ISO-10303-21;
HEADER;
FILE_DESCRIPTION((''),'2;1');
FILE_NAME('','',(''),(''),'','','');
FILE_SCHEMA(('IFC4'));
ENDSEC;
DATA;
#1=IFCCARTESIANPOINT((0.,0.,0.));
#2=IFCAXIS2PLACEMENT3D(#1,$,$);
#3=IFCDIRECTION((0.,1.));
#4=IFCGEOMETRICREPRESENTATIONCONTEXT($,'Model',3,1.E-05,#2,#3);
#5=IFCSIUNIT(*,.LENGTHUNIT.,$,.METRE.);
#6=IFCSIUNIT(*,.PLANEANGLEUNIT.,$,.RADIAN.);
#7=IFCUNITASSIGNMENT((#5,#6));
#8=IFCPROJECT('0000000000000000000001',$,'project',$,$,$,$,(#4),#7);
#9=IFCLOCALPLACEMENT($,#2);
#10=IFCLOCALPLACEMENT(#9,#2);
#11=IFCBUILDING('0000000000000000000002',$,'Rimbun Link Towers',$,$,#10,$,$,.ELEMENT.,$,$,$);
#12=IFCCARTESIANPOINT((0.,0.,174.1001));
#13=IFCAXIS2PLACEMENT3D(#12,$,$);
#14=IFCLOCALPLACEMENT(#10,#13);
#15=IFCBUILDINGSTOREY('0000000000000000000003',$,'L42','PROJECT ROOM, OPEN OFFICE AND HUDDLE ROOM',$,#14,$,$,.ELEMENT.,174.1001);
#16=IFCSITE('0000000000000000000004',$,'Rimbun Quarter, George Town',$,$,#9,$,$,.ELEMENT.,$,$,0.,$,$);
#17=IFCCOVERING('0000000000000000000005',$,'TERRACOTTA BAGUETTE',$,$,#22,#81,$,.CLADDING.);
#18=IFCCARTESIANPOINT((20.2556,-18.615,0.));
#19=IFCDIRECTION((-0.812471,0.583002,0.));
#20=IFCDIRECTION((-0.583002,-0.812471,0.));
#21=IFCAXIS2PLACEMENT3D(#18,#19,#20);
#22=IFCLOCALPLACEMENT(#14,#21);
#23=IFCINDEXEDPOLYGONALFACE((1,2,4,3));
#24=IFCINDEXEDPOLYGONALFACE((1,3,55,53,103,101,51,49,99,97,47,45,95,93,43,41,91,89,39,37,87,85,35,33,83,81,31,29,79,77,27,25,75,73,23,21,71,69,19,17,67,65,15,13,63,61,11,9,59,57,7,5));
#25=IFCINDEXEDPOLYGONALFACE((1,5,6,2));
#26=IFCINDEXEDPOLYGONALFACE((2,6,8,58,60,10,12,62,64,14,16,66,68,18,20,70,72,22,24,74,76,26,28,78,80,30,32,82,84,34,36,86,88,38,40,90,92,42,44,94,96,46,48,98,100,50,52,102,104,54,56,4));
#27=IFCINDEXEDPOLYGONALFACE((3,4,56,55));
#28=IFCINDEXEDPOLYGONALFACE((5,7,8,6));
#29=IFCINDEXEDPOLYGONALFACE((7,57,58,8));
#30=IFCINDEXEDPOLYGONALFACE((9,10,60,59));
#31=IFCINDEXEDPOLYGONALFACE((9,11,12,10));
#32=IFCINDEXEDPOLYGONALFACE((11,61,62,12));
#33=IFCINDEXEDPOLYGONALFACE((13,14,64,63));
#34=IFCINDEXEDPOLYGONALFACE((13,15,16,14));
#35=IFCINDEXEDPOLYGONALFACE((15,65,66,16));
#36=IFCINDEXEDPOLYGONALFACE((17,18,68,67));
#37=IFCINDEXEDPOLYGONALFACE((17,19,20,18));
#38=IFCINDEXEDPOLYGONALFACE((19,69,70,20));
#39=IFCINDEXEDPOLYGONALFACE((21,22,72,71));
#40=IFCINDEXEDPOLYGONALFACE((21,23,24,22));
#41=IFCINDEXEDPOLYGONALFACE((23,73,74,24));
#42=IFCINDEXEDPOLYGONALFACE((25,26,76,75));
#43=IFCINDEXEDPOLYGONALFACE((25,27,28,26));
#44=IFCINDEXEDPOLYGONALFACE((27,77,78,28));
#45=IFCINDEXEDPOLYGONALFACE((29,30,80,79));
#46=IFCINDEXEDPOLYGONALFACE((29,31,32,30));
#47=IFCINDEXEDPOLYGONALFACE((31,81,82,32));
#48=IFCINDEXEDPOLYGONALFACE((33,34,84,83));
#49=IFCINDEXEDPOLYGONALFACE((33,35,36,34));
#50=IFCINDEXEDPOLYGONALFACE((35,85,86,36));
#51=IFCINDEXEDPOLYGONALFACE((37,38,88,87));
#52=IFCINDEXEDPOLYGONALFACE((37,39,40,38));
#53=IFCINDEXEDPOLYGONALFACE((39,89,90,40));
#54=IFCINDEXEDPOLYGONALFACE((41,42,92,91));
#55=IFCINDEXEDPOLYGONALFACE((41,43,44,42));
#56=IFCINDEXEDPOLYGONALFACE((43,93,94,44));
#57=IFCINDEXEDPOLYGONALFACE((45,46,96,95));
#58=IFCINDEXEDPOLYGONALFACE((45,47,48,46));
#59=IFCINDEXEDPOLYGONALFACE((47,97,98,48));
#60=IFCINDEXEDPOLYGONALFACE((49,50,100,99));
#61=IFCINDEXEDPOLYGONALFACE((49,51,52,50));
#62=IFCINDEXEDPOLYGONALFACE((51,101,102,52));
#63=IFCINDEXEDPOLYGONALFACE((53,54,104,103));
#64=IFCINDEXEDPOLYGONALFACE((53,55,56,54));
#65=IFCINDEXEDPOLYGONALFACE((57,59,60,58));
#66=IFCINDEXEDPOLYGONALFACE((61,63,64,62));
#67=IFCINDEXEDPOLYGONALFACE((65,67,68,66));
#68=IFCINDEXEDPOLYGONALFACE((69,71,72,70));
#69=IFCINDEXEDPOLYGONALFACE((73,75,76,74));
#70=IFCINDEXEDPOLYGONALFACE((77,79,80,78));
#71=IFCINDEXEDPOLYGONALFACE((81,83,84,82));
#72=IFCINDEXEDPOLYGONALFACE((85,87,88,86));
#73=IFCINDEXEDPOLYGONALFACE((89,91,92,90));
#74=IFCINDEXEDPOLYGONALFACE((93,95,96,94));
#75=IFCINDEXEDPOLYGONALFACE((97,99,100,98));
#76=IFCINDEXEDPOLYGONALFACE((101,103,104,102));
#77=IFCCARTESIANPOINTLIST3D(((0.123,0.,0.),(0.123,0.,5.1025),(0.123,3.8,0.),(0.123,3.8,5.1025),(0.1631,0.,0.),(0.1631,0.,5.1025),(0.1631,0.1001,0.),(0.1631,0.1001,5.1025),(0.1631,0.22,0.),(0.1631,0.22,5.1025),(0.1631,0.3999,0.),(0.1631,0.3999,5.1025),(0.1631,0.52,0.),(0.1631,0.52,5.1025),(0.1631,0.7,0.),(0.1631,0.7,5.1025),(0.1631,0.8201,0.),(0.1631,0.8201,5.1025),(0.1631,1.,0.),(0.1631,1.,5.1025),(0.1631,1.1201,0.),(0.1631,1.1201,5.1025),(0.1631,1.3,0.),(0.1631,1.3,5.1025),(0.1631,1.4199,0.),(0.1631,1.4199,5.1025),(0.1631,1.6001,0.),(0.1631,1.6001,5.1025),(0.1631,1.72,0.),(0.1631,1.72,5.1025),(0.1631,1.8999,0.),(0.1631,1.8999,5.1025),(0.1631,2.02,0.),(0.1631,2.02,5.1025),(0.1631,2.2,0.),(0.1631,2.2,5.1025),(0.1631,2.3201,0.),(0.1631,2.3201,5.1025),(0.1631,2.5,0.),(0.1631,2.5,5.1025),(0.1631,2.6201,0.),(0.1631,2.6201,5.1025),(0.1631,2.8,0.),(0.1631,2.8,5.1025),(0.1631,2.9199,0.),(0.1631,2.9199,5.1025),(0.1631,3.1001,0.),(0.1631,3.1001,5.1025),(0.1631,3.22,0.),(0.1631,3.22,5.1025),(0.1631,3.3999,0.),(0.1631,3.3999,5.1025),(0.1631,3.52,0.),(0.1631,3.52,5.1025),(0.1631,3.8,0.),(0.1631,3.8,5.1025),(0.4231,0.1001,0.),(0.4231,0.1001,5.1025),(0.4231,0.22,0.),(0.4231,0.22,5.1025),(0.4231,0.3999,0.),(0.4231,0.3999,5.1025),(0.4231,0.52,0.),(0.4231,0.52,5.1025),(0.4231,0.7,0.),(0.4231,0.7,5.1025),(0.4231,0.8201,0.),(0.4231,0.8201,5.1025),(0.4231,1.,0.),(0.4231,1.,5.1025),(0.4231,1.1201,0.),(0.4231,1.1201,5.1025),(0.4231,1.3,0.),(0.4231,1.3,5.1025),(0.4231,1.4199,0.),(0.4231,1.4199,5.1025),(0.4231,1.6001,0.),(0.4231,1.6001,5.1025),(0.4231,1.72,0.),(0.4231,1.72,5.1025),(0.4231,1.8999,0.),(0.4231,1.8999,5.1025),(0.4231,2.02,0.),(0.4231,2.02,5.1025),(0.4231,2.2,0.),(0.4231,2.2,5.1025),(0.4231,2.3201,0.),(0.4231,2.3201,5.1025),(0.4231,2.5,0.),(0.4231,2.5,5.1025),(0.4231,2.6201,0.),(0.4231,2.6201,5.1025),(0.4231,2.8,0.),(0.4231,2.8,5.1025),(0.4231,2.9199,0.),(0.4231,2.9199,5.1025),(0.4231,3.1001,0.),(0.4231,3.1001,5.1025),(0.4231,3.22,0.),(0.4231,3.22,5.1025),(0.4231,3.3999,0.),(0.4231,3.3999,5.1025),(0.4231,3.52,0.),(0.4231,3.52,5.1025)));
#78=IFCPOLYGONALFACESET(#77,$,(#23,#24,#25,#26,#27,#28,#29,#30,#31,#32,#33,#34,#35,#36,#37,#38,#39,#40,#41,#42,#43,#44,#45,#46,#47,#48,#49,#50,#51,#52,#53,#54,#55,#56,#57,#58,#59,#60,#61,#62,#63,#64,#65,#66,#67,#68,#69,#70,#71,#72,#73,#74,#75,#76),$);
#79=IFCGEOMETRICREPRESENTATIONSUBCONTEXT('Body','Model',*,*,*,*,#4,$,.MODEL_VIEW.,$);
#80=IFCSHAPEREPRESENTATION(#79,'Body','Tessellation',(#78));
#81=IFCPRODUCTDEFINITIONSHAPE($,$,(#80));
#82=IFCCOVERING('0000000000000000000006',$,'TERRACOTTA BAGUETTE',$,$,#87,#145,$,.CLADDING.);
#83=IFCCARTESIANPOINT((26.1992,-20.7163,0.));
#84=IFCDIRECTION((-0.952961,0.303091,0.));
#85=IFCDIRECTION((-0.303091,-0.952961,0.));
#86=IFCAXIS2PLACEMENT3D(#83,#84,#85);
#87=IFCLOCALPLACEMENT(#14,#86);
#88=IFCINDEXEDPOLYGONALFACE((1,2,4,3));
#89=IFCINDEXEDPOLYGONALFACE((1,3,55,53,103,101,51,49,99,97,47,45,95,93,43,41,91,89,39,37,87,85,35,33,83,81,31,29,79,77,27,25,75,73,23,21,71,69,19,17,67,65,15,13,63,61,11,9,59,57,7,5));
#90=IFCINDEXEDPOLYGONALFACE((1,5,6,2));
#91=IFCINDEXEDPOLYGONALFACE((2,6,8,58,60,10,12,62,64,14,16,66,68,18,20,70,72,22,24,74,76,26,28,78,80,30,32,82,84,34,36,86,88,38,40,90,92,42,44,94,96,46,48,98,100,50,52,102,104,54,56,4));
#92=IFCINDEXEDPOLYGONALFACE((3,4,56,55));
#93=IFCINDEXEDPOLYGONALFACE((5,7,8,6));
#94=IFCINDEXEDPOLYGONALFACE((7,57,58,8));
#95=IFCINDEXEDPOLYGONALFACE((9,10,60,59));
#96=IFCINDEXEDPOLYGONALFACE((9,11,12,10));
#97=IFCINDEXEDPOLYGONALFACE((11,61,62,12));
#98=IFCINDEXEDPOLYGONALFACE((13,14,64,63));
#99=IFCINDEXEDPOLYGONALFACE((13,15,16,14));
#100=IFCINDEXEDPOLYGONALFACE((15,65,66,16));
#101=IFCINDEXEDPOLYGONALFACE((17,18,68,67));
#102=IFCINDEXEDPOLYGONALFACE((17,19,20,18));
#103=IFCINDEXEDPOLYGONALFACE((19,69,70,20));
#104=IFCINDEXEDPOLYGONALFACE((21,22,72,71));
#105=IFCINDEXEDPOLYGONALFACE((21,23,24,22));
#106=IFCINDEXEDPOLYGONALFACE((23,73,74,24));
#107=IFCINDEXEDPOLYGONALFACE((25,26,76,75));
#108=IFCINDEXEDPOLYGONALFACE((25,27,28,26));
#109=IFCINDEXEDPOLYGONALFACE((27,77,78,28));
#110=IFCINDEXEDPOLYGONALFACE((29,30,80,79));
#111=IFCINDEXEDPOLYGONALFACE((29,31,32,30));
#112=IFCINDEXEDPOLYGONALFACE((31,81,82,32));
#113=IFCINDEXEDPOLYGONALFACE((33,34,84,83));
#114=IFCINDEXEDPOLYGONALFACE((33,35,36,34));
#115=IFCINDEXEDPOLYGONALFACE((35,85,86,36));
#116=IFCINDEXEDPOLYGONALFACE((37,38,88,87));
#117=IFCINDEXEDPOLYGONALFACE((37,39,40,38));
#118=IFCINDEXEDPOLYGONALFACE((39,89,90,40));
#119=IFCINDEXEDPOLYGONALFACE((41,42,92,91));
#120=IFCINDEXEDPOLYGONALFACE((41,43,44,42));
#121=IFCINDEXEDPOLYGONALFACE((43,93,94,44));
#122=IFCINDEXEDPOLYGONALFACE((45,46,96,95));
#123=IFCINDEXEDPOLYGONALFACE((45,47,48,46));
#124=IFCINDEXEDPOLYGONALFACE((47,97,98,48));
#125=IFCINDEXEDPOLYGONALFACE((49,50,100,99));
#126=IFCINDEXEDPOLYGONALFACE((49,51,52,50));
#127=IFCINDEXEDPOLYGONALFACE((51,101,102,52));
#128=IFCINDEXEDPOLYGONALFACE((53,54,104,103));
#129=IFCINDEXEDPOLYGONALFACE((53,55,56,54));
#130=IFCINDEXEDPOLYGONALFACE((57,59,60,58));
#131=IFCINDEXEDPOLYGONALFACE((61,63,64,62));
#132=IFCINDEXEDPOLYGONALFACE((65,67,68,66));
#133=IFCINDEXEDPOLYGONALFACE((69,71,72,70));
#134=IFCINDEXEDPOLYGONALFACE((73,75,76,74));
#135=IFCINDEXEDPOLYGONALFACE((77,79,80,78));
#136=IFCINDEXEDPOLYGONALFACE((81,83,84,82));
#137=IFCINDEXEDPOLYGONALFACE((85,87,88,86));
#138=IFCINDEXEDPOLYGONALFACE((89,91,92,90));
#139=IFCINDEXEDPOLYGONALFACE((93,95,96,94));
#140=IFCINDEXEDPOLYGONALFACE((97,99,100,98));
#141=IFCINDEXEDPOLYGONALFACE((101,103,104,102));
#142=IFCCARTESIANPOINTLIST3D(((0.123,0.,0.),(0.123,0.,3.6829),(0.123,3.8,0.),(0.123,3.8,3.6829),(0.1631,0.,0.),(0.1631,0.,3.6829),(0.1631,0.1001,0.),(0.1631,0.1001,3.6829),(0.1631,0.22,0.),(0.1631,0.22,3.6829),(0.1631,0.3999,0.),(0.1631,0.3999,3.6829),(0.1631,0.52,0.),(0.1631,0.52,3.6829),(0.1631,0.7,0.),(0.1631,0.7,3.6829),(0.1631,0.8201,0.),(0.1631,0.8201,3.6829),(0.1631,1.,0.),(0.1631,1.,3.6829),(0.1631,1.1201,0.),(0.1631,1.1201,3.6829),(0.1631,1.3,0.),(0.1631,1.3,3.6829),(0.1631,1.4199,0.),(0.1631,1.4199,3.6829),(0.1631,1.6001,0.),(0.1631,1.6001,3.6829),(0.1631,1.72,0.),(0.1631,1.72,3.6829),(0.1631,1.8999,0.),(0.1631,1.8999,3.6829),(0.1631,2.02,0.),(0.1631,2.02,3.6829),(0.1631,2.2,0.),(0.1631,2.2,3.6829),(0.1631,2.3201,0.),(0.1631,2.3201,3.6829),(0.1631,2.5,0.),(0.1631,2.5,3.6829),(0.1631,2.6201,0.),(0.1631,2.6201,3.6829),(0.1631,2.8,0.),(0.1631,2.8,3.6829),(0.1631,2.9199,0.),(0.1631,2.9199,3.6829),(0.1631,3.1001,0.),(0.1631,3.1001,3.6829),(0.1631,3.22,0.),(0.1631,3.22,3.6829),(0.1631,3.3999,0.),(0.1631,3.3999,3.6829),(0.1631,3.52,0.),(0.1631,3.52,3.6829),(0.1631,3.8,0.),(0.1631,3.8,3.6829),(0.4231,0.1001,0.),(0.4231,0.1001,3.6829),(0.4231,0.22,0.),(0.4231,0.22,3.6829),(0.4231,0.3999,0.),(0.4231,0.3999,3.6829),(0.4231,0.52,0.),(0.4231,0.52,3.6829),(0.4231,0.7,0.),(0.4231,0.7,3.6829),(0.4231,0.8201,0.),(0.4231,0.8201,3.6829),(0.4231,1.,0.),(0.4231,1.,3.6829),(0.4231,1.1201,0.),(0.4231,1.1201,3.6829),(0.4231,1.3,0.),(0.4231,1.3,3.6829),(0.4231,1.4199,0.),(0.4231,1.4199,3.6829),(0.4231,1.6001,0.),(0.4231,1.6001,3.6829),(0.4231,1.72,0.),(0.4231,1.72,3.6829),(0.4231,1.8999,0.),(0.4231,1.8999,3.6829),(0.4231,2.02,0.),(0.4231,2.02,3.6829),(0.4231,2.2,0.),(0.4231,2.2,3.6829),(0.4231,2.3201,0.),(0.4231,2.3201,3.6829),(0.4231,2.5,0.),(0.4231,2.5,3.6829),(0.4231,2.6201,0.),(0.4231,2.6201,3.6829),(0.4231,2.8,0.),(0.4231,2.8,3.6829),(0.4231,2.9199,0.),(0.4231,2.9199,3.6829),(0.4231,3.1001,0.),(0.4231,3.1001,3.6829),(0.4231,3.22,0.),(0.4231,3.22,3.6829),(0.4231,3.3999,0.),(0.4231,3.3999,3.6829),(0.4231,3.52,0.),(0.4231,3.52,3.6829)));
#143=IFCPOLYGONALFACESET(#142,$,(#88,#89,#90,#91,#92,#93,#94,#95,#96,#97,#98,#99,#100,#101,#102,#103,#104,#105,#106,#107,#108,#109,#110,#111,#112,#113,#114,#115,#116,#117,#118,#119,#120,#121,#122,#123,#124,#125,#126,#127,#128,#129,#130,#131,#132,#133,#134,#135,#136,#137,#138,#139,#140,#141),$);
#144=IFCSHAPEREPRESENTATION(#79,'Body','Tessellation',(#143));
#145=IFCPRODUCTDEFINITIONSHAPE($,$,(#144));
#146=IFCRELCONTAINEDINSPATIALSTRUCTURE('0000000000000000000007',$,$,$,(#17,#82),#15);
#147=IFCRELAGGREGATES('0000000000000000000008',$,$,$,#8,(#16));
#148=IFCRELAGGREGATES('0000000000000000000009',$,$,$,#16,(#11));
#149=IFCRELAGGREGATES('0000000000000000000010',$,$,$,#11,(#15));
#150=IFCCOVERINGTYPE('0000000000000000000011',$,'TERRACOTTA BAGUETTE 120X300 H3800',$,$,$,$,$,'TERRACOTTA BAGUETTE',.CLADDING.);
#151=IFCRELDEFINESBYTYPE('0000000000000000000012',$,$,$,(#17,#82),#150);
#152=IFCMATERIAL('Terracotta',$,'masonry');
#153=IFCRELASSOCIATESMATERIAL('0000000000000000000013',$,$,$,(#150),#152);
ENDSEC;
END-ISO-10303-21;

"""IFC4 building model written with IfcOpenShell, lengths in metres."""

from ifc_helpers import new_model, si_unit, direction, frame, origin, place, context, subcontext, project, spatial, polyline, outline, extrude, material, material_profile, profile_set, type_object, element, save


model = new_model("IFC4")

# Units and contexts
model_context = context("Model", 3, precision=1e-05, world=origin(), true_north=direction((0.0, 1.0)))
body_context = subcontext(model_context, "Body", "Model", "MODEL_VIEW")
ifc_project = project(units=[si_unit("LENGTHUNIT", "METRE"), si_unit("PLANEANGLEUNIT", "RADIAN")], contexts=[model_context])

# Site, building, storey
site_placement = place(None, origin())
site = spatial("IfcSite", under=ifc_project, at=site_placement, Name="Rimbun Quarter, George Town", CompositionType="ELEMENT", RefElevation=0.0)
building_placement = place(site_placement, origin())
building = spatial("IfcBuilding", under=site, at=building_placement, Name="Rimbun Link Towers", CompositionType="ELEMENT")
storey_placement = place(building_placement, frame((0.0, 0.0, 174.1001)))
storey = spatial("IfcBuildingStorey", under=building, at=storey_placement, Name="L42", Description="PROJECT ROOM, OPEN OFFICE AND HUDDLE ROOM", CompositionType="ELEMENT", Elevation=174.1001)

# Coverings
ifc_material_1 = material(Name="Terracotta", Category="masonry")
ifc_material_profile_1 = material_profile(ifc_material_1, outline(polyline([(0.123, 0.0), (0.1631, 0.0), (0.1631, 0.1001), (0.4231, 0.1001), (0.4231, 0.22), (0.1631, 0.22), (0.1631, 0.3999), (0.4231, 0.3999), (0.4231, 0.52), (0.1631, 0.52), (0.1631, 0.7), (0.4231, 0.7), (0.4231, 0.8201), (0.1631, 0.8201), (0.1631, 1.0), (0.4231, 1.0), (0.4231, 1.1201), (0.1631, 1.1201), (0.1631, 1.3), (0.4231, 1.3), (0.4231, 1.4199), (0.1631, 1.4199), (0.1631, 1.6001), (0.4231, 1.6001), (0.4231, 1.72), (0.1631, 1.72), (0.1631, 1.8999), (0.4231, 1.8999), (0.4231, 2.02), (0.1631, 2.02), (0.1631, 2.2), (0.4231, 2.2), (0.4231, 2.3201), (0.1631, 2.3201), (0.1631, 2.5), (0.4231, 2.5), (0.4231, 2.6201), (0.1631, 2.6201), (0.1631, 2.8), (0.4231, 2.8), (0.4231, 2.9199), (0.1631, 2.9199), (0.1631, 3.1001), (0.4231, 3.1001), (0.4231, 3.22), (0.1631, 3.22), (0.1631, 3.3999), (0.4231, 3.3999), (0.4231, 3.52), (0.1631, 3.52), (0.1631, 3.8), (0.123, 3.8), (0.123, 0.0)])), Name="BAGUETTE 120X300")
ifc_profile_set_1 = profile_set([ifc_material_profile_1], Name="Terracotta")
covering_type = type_object("IfcCoveringType", Name="TERRACOTTA BAGUETTE 120X300 H3800", ElementType="TERRACOTTA BAGUETTE", PredefinedType="CLADDING", material=ifc_profile_set_1)
for number, where, z_axis, x_axis, name in (
    (1, (20.2556, -18.615, 0.0), (-0.812471, 0.583002, 0.0), (-0.583002, -0.812471, 0.0), "TERRACOTTA BAGUETTE"),
):
    element("IfcCovering", number, at=place(storey_placement, frame(where, z_axis=z_axis, x_axis=x_axis)), inside=storey, type_object=covering_type, Name=name, PredefinedType="CLADDING", context=body_context, shape_type="SweptSolid", body=[
        extrude(outline(polyline([(0.123, 0.0), (0.1631, 0.0), (0.1631, 0.1001), (0.4231, 0.1001), (0.4231, 0.22), (0.1631, 0.22), (0.1631, 0.3999), (0.4231, 0.3999), (0.4231, 0.52), (0.1631, 0.52), (0.1631, 0.7), (0.4231, 0.7), (0.4231, 0.8201), (0.1631, 0.8201), (0.1631, 1.0), (0.4231, 1.0), (0.4231, 1.1201), (0.1631, 1.1201), (0.1631, 1.3), (0.4231, 1.3), (0.4231, 1.4199), (0.1631, 1.4199), (0.1631, 1.6001), (0.4231, 1.6001), (0.4231, 1.72), (0.1631, 1.72), (0.1631, 1.8999), (0.4231, 1.8999), (0.4231, 2.02), (0.1631, 2.02), (0.1631, 2.2), (0.4231, 2.2), (0.4231, 2.3201), (0.1631, 2.3201), (0.1631, 2.5), (0.4231, 2.5), (0.4231, 2.6201), (0.1631, 2.6201), (0.1631, 2.8), (0.4231, 2.8), (0.4231, 2.9199), (0.1631, 2.9199), (0.1631, 3.1001), (0.4231, 3.1001), (0.4231, 3.22), (0.1631, 3.22), (0.1631, 3.3999), (0.4231, 3.3999), (0.4231, 3.52), (0.1631, 3.52), (0.1631, 3.8), (0.123, 3.8), (0.123, 0.0)])), origin(), (0.0, 0.0, 1.0), 5.1025),
    ])
covering_placement = place(storey_placement, frame((26.1992, -20.7163, 0.0), z_axis=(-0.952961, 0.303091, 0.0), x_axis=(-0.303091, -0.952961, 0.0)))
element("IfcCovering", 2, at=covering_placement, inside=storey, type_object=covering_type, Name="TERRACOTTA BAGUETTE", PredefinedType="CLADDING", context=body_context, shape_type="SweptSolid", body=[
    extrude(outline(polyline([(0.123, 0.0), (0.1631, 0.0), (0.1631, 0.1001), (0.4231, 0.1001), (0.4231, 0.22), (0.1631, 0.22), (0.1631, 0.3999), (0.4231, 0.3999), (0.4231, 0.52), (0.1631, 0.52), (0.1631, 0.7), (0.4231, 0.7), (0.4231, 0.8201), (0.1631, 0.8201), (0.1631, 1.0), (0.4231, 1.0), (0.4231, 1.1201), (0.1631, 1.1201), (0.1631, 1.3), (0.4231, 1.3), (0.4231, 1.4199), (0.1631, 1.4199), (0.1631, 1.6001), (0.4231, 1.6001), (0.4231, 1.72), (0.1631, 1.72), (0.1631, 1.8999), (0.4231, 1.8999), (0.4231, 2.02), (0.1631, 2.02), (0.1631, 2.2), (0.4231, 2.2), (0.4231, 2.3201), (0.1631, 2.3201), (0.1631, 2.5), (0.4231, 2.5), (0.4231, 2.6201), (0.1631, 2.6201), (0.1631, 2.8), (0.4231, 2.8), (0.4231, 2.9199), (0.1631, 2.9199), (0.1631, 3.1001), (0.4231, 3.1001), (0.4231, 3.22), (0.1631, 3.22), (0.1631, 3.3999), (0.4231, 3.3999), (0.4231, 3.52), (0.1631, 3.52), (0.1631, 3.8), (0.123, 3.8), (0.123, 0.0)])), origin(), (0.0, 0.0, 1.0), 3.6829),
])

save(model, "model.ifc")
